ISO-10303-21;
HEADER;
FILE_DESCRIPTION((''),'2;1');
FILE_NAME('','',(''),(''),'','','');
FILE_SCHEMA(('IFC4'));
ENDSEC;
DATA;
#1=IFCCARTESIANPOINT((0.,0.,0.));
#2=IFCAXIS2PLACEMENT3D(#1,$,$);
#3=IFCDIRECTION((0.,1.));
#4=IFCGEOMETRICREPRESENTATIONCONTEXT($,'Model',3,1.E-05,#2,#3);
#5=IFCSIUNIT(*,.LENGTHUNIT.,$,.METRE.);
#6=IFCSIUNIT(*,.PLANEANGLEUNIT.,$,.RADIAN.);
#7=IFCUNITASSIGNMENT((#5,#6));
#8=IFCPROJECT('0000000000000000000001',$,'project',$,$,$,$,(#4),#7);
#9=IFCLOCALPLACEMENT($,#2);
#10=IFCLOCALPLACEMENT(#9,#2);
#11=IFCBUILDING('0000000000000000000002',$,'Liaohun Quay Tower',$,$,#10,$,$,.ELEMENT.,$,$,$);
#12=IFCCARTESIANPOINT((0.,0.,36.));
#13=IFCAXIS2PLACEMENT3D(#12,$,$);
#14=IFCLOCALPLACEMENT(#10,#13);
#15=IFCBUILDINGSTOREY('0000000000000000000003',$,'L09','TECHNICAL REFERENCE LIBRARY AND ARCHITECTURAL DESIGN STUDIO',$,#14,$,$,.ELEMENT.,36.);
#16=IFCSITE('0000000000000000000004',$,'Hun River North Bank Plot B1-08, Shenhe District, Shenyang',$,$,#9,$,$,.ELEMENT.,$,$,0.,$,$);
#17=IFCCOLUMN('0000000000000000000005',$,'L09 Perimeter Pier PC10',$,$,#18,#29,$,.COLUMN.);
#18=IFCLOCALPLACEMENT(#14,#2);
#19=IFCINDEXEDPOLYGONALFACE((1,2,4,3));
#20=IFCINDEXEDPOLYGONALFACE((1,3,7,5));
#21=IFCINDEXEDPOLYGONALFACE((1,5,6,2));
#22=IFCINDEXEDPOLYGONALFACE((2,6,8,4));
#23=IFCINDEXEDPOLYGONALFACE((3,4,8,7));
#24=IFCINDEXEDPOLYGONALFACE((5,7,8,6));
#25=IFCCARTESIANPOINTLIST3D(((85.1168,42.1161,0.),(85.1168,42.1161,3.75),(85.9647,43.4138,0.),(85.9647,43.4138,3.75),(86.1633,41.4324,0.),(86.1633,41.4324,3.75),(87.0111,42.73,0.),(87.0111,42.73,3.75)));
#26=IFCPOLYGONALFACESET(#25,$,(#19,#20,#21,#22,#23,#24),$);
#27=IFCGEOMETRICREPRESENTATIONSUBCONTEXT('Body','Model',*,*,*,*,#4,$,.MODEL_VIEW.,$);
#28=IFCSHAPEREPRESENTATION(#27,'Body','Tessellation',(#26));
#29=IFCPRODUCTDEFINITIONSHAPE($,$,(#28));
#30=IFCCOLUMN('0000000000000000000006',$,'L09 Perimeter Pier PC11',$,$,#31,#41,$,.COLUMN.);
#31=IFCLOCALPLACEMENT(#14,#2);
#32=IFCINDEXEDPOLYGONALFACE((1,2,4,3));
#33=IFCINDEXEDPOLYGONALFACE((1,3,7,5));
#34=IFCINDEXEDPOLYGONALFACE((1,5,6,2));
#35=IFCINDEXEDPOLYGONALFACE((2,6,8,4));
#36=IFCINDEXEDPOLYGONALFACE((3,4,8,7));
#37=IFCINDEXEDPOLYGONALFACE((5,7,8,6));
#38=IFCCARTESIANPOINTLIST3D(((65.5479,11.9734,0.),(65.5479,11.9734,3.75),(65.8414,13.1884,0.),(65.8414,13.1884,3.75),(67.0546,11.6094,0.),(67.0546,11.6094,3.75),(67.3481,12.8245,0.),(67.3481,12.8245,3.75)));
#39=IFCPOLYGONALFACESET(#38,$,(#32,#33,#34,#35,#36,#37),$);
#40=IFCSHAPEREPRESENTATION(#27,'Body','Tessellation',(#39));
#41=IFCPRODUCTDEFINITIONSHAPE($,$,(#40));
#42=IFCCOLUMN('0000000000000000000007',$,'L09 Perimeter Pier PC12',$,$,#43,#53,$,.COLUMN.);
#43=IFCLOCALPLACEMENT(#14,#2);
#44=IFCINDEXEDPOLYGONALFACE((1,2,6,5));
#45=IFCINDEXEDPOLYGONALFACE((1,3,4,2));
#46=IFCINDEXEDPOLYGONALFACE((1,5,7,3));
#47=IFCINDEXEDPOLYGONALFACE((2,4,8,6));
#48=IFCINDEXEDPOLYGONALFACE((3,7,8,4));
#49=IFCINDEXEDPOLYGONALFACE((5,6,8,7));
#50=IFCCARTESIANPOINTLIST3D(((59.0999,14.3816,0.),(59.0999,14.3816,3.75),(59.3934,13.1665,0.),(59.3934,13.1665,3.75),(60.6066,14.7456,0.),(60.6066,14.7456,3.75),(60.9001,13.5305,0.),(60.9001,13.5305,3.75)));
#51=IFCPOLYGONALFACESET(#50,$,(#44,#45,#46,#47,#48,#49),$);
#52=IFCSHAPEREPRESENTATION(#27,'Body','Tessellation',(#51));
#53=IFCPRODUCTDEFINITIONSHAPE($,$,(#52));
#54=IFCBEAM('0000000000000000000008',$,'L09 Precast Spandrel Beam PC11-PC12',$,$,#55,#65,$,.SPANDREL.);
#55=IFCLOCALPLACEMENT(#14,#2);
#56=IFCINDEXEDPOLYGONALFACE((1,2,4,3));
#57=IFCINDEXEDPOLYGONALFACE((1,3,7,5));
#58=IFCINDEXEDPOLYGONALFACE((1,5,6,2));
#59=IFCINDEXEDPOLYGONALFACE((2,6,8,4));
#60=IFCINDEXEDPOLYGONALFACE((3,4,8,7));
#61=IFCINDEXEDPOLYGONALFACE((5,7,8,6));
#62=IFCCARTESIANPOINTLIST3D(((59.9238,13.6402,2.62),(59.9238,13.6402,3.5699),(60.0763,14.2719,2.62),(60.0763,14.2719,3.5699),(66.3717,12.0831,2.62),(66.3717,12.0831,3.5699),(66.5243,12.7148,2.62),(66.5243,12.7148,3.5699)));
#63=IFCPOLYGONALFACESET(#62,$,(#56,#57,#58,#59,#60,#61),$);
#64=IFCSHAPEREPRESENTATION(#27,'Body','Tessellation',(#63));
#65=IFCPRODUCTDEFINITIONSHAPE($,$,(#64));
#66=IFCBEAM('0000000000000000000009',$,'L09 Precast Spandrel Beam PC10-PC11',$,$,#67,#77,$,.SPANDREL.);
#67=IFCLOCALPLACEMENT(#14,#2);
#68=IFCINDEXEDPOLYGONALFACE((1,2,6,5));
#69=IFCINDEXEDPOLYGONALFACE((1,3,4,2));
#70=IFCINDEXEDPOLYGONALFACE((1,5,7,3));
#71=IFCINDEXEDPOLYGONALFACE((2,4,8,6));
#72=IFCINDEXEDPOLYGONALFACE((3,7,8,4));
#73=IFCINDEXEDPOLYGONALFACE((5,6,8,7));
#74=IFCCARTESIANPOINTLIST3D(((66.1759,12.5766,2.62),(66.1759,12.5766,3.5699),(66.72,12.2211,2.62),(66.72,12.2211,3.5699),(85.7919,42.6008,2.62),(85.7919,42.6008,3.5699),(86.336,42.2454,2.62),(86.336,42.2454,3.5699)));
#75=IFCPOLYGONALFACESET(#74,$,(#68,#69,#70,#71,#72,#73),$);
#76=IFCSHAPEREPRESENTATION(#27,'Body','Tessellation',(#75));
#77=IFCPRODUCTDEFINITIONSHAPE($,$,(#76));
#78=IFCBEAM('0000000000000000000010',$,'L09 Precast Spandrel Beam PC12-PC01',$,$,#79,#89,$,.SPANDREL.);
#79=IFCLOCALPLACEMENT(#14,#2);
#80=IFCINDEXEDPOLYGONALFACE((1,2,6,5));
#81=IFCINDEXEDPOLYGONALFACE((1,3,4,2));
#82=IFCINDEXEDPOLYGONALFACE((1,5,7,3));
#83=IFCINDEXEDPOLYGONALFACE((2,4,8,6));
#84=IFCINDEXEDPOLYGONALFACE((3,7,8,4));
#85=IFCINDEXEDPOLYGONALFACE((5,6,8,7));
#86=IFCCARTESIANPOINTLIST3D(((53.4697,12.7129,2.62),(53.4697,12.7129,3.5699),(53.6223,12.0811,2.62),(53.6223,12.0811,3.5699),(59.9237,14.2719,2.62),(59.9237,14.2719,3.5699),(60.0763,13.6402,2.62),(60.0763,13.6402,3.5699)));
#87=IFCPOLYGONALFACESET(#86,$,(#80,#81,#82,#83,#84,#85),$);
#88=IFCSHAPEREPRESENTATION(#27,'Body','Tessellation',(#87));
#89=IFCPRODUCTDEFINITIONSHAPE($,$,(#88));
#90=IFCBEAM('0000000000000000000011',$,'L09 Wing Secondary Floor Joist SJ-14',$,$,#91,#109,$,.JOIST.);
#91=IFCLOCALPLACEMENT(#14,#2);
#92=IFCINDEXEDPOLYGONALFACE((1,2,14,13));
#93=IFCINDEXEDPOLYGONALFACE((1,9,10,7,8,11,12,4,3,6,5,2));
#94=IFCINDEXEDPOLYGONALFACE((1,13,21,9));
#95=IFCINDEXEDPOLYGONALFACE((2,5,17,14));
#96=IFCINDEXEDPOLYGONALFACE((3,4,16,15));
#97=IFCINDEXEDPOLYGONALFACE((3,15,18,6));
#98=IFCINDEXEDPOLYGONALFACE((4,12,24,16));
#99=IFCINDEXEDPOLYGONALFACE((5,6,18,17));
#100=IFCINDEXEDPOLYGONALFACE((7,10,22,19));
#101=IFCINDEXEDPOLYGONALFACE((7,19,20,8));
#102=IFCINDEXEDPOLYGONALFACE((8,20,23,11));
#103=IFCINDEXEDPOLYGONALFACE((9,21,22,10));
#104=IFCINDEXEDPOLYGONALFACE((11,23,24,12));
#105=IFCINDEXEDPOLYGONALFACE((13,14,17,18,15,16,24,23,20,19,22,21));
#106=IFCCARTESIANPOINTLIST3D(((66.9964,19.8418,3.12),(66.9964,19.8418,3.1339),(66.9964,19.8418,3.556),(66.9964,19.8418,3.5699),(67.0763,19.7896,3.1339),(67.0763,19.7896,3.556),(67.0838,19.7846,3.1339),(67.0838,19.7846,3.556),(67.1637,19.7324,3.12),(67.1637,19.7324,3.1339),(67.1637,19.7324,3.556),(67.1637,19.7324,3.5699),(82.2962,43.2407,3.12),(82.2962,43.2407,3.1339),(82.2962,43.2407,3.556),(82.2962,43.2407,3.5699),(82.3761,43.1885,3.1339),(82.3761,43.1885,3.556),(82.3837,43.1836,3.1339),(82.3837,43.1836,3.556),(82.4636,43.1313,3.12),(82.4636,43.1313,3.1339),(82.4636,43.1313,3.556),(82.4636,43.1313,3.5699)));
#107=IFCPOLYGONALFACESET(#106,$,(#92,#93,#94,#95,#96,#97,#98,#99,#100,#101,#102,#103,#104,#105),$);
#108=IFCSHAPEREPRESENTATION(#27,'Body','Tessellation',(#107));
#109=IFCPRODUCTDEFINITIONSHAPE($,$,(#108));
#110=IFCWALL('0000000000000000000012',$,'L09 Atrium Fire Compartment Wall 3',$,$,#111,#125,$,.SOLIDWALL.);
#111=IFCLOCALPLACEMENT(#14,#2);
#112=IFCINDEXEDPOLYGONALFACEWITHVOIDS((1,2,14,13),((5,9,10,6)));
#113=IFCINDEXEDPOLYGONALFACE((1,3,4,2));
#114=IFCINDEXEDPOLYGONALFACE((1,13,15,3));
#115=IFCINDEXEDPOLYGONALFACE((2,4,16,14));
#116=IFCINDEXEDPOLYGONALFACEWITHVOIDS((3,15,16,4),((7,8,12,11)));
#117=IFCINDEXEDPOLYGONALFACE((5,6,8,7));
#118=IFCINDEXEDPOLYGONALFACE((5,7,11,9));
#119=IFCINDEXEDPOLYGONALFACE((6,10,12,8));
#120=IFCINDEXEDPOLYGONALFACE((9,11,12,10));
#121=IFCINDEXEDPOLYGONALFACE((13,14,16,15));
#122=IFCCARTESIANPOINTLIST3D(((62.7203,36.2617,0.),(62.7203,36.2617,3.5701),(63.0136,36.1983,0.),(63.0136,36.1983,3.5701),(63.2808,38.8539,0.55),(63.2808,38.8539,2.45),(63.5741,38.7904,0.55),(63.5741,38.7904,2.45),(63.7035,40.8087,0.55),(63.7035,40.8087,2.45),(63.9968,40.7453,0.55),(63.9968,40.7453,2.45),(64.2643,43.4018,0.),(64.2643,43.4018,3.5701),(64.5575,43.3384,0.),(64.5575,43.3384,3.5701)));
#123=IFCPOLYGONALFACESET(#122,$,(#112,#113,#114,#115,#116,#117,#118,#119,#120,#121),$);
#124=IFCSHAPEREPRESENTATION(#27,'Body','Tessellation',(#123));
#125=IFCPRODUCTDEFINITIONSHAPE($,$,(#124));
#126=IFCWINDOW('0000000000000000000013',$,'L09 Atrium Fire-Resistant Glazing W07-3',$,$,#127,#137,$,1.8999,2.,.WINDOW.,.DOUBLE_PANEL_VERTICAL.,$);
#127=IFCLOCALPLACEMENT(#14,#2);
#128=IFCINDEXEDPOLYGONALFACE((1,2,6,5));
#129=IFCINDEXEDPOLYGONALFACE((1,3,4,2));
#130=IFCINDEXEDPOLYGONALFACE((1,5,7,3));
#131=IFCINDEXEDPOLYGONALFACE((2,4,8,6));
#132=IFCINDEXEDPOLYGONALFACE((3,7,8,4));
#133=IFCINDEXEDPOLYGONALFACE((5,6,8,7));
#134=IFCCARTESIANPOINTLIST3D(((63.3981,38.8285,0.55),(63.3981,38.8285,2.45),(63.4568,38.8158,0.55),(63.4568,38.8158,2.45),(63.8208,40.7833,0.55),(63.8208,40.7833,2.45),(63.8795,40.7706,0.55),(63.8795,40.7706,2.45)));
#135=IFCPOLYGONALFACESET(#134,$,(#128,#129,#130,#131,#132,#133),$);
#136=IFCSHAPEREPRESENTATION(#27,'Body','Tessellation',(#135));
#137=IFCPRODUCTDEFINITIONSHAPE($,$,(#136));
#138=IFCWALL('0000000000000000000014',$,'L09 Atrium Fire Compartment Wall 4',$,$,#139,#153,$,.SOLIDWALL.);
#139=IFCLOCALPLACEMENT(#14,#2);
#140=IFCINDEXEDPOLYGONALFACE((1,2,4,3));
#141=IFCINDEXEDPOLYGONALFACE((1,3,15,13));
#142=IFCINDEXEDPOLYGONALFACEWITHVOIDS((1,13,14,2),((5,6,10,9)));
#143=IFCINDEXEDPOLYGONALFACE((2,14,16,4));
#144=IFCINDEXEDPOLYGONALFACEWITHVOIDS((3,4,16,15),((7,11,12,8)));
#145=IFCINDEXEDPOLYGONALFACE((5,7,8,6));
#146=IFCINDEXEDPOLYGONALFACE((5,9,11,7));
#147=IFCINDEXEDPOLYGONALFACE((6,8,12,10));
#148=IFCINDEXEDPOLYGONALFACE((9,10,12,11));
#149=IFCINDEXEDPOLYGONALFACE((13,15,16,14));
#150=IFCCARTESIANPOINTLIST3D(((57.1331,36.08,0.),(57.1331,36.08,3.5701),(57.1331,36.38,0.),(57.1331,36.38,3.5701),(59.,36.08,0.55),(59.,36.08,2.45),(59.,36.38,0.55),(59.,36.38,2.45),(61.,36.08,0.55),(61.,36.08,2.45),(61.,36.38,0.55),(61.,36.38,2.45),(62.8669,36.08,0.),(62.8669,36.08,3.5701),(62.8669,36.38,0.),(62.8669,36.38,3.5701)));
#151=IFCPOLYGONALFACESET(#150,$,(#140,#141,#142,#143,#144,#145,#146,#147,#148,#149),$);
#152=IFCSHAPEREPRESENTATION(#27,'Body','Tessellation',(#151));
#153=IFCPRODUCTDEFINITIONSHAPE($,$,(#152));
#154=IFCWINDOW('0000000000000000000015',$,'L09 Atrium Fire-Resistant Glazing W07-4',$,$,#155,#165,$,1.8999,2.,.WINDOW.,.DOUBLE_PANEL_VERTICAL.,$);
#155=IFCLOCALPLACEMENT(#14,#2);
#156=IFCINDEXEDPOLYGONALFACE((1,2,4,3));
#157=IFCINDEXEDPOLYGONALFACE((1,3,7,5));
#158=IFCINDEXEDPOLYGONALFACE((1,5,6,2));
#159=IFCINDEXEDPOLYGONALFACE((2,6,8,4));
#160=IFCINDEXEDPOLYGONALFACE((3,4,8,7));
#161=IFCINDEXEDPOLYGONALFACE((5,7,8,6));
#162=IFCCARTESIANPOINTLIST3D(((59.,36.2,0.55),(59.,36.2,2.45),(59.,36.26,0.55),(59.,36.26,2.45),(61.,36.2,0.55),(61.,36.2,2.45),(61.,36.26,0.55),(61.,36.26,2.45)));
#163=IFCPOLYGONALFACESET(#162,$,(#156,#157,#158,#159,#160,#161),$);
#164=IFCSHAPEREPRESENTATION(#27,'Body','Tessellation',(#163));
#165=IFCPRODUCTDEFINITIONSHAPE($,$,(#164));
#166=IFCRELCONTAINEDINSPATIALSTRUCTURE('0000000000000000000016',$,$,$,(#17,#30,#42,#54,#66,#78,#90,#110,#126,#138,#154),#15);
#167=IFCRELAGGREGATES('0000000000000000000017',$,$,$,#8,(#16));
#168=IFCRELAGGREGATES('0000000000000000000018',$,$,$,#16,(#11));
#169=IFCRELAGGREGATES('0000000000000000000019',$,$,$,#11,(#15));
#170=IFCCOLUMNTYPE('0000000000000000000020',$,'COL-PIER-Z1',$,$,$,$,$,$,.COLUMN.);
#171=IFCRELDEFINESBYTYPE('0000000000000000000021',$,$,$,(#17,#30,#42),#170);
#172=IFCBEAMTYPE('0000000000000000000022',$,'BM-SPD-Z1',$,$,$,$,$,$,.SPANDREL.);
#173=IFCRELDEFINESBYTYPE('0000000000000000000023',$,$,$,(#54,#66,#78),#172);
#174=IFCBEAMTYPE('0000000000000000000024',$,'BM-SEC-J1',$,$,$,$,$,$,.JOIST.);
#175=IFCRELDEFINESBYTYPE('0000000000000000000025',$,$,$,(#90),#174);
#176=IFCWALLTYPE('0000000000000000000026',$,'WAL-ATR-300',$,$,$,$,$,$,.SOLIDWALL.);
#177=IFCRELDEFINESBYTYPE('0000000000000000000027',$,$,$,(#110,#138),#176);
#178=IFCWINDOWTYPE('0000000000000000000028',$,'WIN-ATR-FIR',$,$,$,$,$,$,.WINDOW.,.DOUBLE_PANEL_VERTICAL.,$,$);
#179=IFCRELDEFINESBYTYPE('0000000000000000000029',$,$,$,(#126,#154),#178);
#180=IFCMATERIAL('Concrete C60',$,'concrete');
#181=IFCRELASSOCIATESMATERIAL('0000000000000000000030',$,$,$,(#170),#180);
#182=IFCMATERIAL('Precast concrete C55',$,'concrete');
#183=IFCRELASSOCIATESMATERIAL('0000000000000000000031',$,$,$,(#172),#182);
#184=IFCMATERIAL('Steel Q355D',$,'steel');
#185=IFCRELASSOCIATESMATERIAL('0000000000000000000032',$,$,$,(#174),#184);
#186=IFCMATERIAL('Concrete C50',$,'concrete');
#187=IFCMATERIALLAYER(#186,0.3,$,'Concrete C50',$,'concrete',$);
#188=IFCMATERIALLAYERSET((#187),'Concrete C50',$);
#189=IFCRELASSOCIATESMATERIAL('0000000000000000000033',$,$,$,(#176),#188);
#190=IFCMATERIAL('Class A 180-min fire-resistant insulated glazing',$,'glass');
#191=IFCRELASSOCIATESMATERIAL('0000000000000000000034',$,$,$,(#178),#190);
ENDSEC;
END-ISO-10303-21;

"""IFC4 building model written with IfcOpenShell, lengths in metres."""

from ifc_helpers import new_model, si_unit, direction, frame, frame_2d, origin, origin_2d, place, context, subcontext, project, spatial, rectangle, i_section, extrude, source, transform, mapped, material, layer, layer_set, material_profile, profile_set, type_object, element, fill, save


model = new_model("IFC4")

# Units and contexts
model_context = context("Model", 3, precision=1e-05, world=origin(), true_north=direction((0.0, 1.0)))
body_context = subcontext(model_context, "Body", "Model", "MODEL_VIEW")
ifc_project = project(units=[si_unit("LENGTHUNIT", "METRE"), si_unit("PLANEANGLEUNIT", "RADIAN")], contexts=[model_context])

# Site, building, storey
site_placement = place(None, origin())
site = spatial("IfcSite", under=ifc_project, at=site_placement, Name="Hun River North Bank Plot B1-08, Shenhe District, Shenyang", CompositionType="ELEMENT", RefElevation=0.0)
building_placement = place(site_placement, origin())
building = spatial("IfcBuilding", under=site, at=building_placement, Name="Liaohun Quay Tower", CompositionType="ELEMENT")
storey_placement = place(building_placement, frame((0.0, 0.0, 36.0)))
storey = spatial("IfcBuildingStorey", under=building, at=storey_placement, Name="L09", Description="TECHNICAL REFERENCE LIBRARY AND ARCHITECTURAL DESIGN STUDIO", CompositionType="ELEMENT", Elevation=36.0)

# Columns
ifc_material_1 = material(Name="Concrete C60", Category="concrete")
ifc_material_profile_1 = material_profile(ifc_material_1, rectangle(XDim=1.55, YDim=1.25, at=origin_2d()), Name="RC1550x1250")
ifc_profile_set_1 = profile_set([ifc_material_profile_1], Name="Concrete C60")
column_type = type_object("IfcColumnType", Name="COL-PIER-Z1", PredefinedType="COLUMN", material=ifc_profile_set_1)
shared_shape_1 = source(origin(), body_context, "Body", "SweptSolid", [
    extrude(rectangle(XDim=1.55, YDim=1.25, at=origin_2d()), origin(), (0.0, 0.0, 1.0), 3.75),
])
for number, where, z_axis, x_axis, name in (
    (1, (86.064, 42.4231, 0.0), (0.0, 0.0, 1.0), (0.546979, 0.837146, 0.0), "L09 Perimeter Pier PC10"),
    (2, (66.448, 12.3989, 0.0), (0.0, 0.0, 1.0), (-0.972043, 0.234803, 0.0), "L09 Perimeter Pier PC11"),
    (3, (60.0, 13.9561, 0.0), (0.0, 0.0, 1.0), (0.972043, 0.234803, 0.0), "L09 Perimeter Pier PC12"),
):
    element("IfcColumn", number, at=place(storey_placement, frame(where, z_axis=z_axis, x_axis=x_axis)), inside=storey, type_object=column_type, Name=name, PredefinedType="COLUMN", context=body_context, shape_type="MappedRepresentation", body=[
        mapped(shared_shape_1, transform((0.0, 0.0, 0.0), x_axis=(1.0, 0.0, 0.0), y_axis=(0.0, 1.0, 0.0), z_axis=(0.0, 0.0, 1.0), scale=1.0)),
    ])

# Beams
ifc_material_2 = material(Name="Precast concrete C55", Category="concrete")
ifc_material_profile_2 = material_profile(ifc_material_2, rectangle(XDim=0.6499, YDim=0.95, at=origin_2d()), Name="RC650x950")
ifc_profile_set_2 = profile_set([ifc_material_profile_2], Name="Precast concrete C55")
beam_type_1 = type_object("IfcBeamType", Name="BM-SPD-Z1", PredefinedType="SPANDREL", material=ifc_profile_set_2)
shared_shape_2 = source(origin(), body_context, "Body", "SweptSolid", [
    extrude(rectangle(XDim=0.6499, YDim=0.95, at=origin_2d()), origin(), (0.0, 0.0, 1.0), 6.6333),
])
beam_1_placement = place(storey_placement, frame((66.448, 12.3989, 3.095), z_axis=(-0.972058, 0.234742, 0.0), x_axis=(-0.234742, -0.972058, 0.0)))
element("IfcBeam", 4, at=beam_1_placement, inside=storey, type_object=beam_type_1, Name="L09 Precast Spandrel Beam PC11-PC12", PredefinedType="SPANDREL", context=body_context, shape_type="MappedRepresentation", body=[
    mapped(shared_shape_2, transform((0.0, 0.0, 0.0), x_axis=(1.0, 0.0, 0.0), y_axis=(0.0, 1.0, 0.0), z_axis=(0.0, 0.0, 1.0), scale=1.0)),
])
shared_shape_3 = source(origin(), body_context, "Body", "SweptSolid", [
    extrude(rectangle(XDim=0.6499, YDim=0.95, at=origin_2d()), origin(), (0.0, 0.0, 1.0), 35.8643),
])
beam_2_placement = place(storey_placement, frame((86.064, 42.4231, 3.095), z_axis=(-0.546952, -0.837164, 0.0), x_axis=(0.837164, -0.546952, 0.0)))
element("IfcBeam", 5, at=beam_2_placement, inside=storey, type_object=beam_type_1, Name="L09 Precast Spandrel Beam PC10-PC11", PredefinedType="SPANDREL", context=body_context, shape_type="MappedRepresentation", body=[
    mapped(shared_shape_3, transform((0.0, 0.0, 0.0), x_axis=(1.0, 0.0, 0.0), y_axis=(0.0, 1.0, 0.0), z_axis=(0.0, 0.0, 1.0), scale=1.0)),
])
shared_shape_4 = source(origin(), body_context, "Body", "SweptSolid", [
    extrude(rectangle(XDim=0.6499, YDim=0.95, at=origin_2d()), origin(), (0.0, 0.0, 1.0), 6.6396),
])
beam_3_placement = place(storey_placement, frame((60.0, 13.9561, 3.095), z_axis=(-0.972041, -0.234811, 0.0), x_axis=(0.234811, -0.972041, 0.0)))
element("IfcBeam", 6, at=beam_3_placement, inside=storey, type_object=beam_type_1, Name="L09 Precast Spandrel Beam PC12-PC01", PredefinedType="SPANDREL", context=body_context, shape_type="MappedRepresentation", body=[
    mapped(shared_shape_4, transform((0.0, 0.0, 0.0), x_axis=(1.0, 0.0, 0.0), y_axis=(0.0, 1.0, 0.0), z_axis=(0.0, 0.0, 1.0), scale=1.0)),
])
ifc_material_3 = material(Name="Steel Q355D", Category="steel")
ifc_material_profile_3 = material_profile(ifc_material_3, i_section(OverallWidth=0.2, OverallDepth=0.45, WebThickness=0.009, FlangeThickness=0.0139, at=origin_2d()), Name="HN450x200x9x14")
ifc_profile_set_3 = profile_set([ifc_material_profile_3], Name="Steel Q355D")
beam_type_2 = type_object("IfcBeamType", Name="BM-SEC-J1", PredefinedType="JOIST", material=ifc_profile_set_3)
shared_shape_5 = source(origin(), body_context, "Body", "SweptSolid", [
    extrude(i_section(OverallWidth=0.2, OverallDepth=0.45, WebThickness=0.009, FlangeThickness=0.0139, at=origin_2d()), origin(), (0.0, 0.0, 1.0), 27.957),
])
beam_4_placement = place(storey_placement, frame((82.3799, 43.186, 3.345), z_axis=(-0.547262, -0.836961, 0.0), x_axis=(0.836961, -0.547262, 0.0)))
element("IfcBeam", 7, at=beam_4_placement, inside=storey, type_object=beam_type_2, Name="L09 Wing Secondary Floor Joist SJ-14", PredefinedType="JOIST", context=body_context, shape_type="MappedRepresentation", body=[
    mapped(shared_shape_5, transform((0.0, 0.0, 0.0), x_axis=(1.0, 0.0, 0.0), y_axis=(0.0, 1.0, 0.0), z_axis=(0.0, 0.0, 1.0), scale=1.0)),
])

# Walls, openings, windows
ifc_material_4 = material(Name="Concrete C50", Category="concrete")
ifc_layer_1 = layer(ifc_material_4, 0.3, Name="Concrete C50", Category="concrete")
ifc_layer_set_1 = layer_set([ifc_layer_1], Name="Concrete C50")
wall_type_1 = type_object("IfcWallType", Name="WAL-ATR-300", PredefinedType="SOLIDWALL", material=ifc_layer_set_1)
wall_1_placement = place(storey_placement, frame((64.4109, 43.3701, 0.0), z_axis=(0.0, 0.0, 1.0), x_axis=(-0.21135, -0.97741, 0.0)))
wall_1 = element("IfcWall", 8, at=wall_1_placement, inside=storey, type_object=wall_type_1, Name="L09 Atrium Fire Compartment Wall 3", PredefinedType="SOLIDWALL", context=body_context, shape_type="SweptSolid", body=[
    extrude(rectangle(XDim=7.3052, YDim=0.3, at=frame_2d((3.6526, 0.0))), origin(), (0.0, 0.0, 1.0), 3.5701),
])
shared_shape_6 = source(origin(), body_context, "Body", "SweptSolid", [
    extrude(rectangle(XDim=2.0, YDim=1.8999, at=frame_2d((1.0, 0.95))), frame((0.0, 0.1599, 0.0), z_axis=(0.0, -1.0, 0.0), x_axis=(1.0, 0.0, 0.0)), (0.0, 0.0, 1.0), 0.3201),
])
opening_1_placement = place(wall_1_placement, frame((2.6531, 0.0, 0.55)))
opening_1 = element("IfcOpeningElement", 9, at=opening_1_placement, cuts=wall_1, PredefinedType="OPENING", context=body_context, shape_type="MappedRepresentation", body=[
    mapped(shared_shape_6, transform((0.0, 0.0, 0.0), x_axis=(1.0, 0.0, 0.0), y_axis=(0.0, 1.0, 0.0), z_axis=(0.0, 0.0, 1.0), scale=1.0)),
])
ifc_material_5 = material(Name="Class A 180-min fire-resistant insulated glazing", Category="glass")
window_type_1 = type_object("IfcWindowType", Name="WIN-ATR-FIR", PartitioningType="DOUBLE_PANEL_VERTICAL", PredefinedType="WINDOW", material=ifc_material_5)
shared_shape_7 = source(origin(), body_context, "Body", "SweptSolid", [
    extrude(rectangle(XDim=2.0, YDim=1.8999, at=frame_2d((1.0, 0.95))), frame((0.0, 0.03, 0.0), z_axis=(0.0, -1.0, 0.0), x_axis=(1.0, 0.0, 0.0)), (0.0, 0.0, 1.0), 0.0601),
])
window_1_placement = place(opening_1_placement, origin())
window_1 = element("IfcWindow", 10, at=window_1_placement, inside=storey, type_object=window_type_1, Name="L09 Atrium Fire-Resistant Glazing W07-3", OverallHeight=1.8999, OverallWidth=2.0, PartitioningType="DOUBLE_PANEL_VERTICAL", PredefinedType="WINDOW", context=body_context, shape_type="MappedRepresentation", body=[
    mapped(shared_shape_7, transform((0.0, 0.0, 0.0), x_axis=(1.0, 0.0, 0.0), y_axis=(0.0, 1.0, 0.0), z_axis=(0.0, 0.0, 1.0), scale=1.0)),
])
fill(opening_1, window_1)
wall_2_placement = place(storey_placement, frame((62.8669, 36.23, 0.0), z_axis=(0.0, 0.0, 1.0), x_axis=(-1.0, 0.0, 0.0)))
wall_2 = element("IfcWall", 11, at=wall_2_placement, inside=storey, type_object=wall_type_1, Name="L09 Atrium Fire Compartment Wall 4", PredefinedType="SOLIDWALL", context=body_context, shape_type="SweptSolid", body=[
    extrude(rectangle(XDim=5.7339, YDim=0.3, at=frame_2d((2.8669, 0.0))), origin(), (0.0, 0.0, 1.0), 3.5701),
])
opening_2_placement = place(wall_2_placement, frame((1.8669, 0.0, 0.55)))
opening_2 = element("IfcOpeningElement", 12, at=opening_2_placement, cuts=wall_2, PredefinedType="OPENING", context=body_context, shape_type="MappedRepresentation", body=[
    mapped(shared_shape_6, transform((0.0, 0.0, 0.0), x_axis=(1.0, 0.0, 0.0), y_axis=(0.0, 1.0, 0.0), z_axis=(0.0, 0.0, 1.0), scale=1.0)),
])
window_2_placement = place(opening_2_placement, origin())
window_2 = element("IfcWindow", 13, at=window_2_placement, inside=storey, type_object=window_type_1, Name="L09 Atrium Fire-Resistant Glazing W07-4", OverallHeight=1.8999, OverallWidth=2.0, PartitioningType="DOUBLE_PANEL_VERTICAL", PredefinedType="WINDOW", context=body_context, shape_type="MappedRepresentation", body=[
    mapped(shared_shape_7, transform((0.0, 0.0, 0.0), x_axis=(1.0, 0.0, 0.0), y_axis=(0.0, 1.0, 0.0), z_axis=(0.0, 0.0, 1.0), scale=1.0)),
])
fill(opening_2, window_2)

save(model, "model.ifc")
